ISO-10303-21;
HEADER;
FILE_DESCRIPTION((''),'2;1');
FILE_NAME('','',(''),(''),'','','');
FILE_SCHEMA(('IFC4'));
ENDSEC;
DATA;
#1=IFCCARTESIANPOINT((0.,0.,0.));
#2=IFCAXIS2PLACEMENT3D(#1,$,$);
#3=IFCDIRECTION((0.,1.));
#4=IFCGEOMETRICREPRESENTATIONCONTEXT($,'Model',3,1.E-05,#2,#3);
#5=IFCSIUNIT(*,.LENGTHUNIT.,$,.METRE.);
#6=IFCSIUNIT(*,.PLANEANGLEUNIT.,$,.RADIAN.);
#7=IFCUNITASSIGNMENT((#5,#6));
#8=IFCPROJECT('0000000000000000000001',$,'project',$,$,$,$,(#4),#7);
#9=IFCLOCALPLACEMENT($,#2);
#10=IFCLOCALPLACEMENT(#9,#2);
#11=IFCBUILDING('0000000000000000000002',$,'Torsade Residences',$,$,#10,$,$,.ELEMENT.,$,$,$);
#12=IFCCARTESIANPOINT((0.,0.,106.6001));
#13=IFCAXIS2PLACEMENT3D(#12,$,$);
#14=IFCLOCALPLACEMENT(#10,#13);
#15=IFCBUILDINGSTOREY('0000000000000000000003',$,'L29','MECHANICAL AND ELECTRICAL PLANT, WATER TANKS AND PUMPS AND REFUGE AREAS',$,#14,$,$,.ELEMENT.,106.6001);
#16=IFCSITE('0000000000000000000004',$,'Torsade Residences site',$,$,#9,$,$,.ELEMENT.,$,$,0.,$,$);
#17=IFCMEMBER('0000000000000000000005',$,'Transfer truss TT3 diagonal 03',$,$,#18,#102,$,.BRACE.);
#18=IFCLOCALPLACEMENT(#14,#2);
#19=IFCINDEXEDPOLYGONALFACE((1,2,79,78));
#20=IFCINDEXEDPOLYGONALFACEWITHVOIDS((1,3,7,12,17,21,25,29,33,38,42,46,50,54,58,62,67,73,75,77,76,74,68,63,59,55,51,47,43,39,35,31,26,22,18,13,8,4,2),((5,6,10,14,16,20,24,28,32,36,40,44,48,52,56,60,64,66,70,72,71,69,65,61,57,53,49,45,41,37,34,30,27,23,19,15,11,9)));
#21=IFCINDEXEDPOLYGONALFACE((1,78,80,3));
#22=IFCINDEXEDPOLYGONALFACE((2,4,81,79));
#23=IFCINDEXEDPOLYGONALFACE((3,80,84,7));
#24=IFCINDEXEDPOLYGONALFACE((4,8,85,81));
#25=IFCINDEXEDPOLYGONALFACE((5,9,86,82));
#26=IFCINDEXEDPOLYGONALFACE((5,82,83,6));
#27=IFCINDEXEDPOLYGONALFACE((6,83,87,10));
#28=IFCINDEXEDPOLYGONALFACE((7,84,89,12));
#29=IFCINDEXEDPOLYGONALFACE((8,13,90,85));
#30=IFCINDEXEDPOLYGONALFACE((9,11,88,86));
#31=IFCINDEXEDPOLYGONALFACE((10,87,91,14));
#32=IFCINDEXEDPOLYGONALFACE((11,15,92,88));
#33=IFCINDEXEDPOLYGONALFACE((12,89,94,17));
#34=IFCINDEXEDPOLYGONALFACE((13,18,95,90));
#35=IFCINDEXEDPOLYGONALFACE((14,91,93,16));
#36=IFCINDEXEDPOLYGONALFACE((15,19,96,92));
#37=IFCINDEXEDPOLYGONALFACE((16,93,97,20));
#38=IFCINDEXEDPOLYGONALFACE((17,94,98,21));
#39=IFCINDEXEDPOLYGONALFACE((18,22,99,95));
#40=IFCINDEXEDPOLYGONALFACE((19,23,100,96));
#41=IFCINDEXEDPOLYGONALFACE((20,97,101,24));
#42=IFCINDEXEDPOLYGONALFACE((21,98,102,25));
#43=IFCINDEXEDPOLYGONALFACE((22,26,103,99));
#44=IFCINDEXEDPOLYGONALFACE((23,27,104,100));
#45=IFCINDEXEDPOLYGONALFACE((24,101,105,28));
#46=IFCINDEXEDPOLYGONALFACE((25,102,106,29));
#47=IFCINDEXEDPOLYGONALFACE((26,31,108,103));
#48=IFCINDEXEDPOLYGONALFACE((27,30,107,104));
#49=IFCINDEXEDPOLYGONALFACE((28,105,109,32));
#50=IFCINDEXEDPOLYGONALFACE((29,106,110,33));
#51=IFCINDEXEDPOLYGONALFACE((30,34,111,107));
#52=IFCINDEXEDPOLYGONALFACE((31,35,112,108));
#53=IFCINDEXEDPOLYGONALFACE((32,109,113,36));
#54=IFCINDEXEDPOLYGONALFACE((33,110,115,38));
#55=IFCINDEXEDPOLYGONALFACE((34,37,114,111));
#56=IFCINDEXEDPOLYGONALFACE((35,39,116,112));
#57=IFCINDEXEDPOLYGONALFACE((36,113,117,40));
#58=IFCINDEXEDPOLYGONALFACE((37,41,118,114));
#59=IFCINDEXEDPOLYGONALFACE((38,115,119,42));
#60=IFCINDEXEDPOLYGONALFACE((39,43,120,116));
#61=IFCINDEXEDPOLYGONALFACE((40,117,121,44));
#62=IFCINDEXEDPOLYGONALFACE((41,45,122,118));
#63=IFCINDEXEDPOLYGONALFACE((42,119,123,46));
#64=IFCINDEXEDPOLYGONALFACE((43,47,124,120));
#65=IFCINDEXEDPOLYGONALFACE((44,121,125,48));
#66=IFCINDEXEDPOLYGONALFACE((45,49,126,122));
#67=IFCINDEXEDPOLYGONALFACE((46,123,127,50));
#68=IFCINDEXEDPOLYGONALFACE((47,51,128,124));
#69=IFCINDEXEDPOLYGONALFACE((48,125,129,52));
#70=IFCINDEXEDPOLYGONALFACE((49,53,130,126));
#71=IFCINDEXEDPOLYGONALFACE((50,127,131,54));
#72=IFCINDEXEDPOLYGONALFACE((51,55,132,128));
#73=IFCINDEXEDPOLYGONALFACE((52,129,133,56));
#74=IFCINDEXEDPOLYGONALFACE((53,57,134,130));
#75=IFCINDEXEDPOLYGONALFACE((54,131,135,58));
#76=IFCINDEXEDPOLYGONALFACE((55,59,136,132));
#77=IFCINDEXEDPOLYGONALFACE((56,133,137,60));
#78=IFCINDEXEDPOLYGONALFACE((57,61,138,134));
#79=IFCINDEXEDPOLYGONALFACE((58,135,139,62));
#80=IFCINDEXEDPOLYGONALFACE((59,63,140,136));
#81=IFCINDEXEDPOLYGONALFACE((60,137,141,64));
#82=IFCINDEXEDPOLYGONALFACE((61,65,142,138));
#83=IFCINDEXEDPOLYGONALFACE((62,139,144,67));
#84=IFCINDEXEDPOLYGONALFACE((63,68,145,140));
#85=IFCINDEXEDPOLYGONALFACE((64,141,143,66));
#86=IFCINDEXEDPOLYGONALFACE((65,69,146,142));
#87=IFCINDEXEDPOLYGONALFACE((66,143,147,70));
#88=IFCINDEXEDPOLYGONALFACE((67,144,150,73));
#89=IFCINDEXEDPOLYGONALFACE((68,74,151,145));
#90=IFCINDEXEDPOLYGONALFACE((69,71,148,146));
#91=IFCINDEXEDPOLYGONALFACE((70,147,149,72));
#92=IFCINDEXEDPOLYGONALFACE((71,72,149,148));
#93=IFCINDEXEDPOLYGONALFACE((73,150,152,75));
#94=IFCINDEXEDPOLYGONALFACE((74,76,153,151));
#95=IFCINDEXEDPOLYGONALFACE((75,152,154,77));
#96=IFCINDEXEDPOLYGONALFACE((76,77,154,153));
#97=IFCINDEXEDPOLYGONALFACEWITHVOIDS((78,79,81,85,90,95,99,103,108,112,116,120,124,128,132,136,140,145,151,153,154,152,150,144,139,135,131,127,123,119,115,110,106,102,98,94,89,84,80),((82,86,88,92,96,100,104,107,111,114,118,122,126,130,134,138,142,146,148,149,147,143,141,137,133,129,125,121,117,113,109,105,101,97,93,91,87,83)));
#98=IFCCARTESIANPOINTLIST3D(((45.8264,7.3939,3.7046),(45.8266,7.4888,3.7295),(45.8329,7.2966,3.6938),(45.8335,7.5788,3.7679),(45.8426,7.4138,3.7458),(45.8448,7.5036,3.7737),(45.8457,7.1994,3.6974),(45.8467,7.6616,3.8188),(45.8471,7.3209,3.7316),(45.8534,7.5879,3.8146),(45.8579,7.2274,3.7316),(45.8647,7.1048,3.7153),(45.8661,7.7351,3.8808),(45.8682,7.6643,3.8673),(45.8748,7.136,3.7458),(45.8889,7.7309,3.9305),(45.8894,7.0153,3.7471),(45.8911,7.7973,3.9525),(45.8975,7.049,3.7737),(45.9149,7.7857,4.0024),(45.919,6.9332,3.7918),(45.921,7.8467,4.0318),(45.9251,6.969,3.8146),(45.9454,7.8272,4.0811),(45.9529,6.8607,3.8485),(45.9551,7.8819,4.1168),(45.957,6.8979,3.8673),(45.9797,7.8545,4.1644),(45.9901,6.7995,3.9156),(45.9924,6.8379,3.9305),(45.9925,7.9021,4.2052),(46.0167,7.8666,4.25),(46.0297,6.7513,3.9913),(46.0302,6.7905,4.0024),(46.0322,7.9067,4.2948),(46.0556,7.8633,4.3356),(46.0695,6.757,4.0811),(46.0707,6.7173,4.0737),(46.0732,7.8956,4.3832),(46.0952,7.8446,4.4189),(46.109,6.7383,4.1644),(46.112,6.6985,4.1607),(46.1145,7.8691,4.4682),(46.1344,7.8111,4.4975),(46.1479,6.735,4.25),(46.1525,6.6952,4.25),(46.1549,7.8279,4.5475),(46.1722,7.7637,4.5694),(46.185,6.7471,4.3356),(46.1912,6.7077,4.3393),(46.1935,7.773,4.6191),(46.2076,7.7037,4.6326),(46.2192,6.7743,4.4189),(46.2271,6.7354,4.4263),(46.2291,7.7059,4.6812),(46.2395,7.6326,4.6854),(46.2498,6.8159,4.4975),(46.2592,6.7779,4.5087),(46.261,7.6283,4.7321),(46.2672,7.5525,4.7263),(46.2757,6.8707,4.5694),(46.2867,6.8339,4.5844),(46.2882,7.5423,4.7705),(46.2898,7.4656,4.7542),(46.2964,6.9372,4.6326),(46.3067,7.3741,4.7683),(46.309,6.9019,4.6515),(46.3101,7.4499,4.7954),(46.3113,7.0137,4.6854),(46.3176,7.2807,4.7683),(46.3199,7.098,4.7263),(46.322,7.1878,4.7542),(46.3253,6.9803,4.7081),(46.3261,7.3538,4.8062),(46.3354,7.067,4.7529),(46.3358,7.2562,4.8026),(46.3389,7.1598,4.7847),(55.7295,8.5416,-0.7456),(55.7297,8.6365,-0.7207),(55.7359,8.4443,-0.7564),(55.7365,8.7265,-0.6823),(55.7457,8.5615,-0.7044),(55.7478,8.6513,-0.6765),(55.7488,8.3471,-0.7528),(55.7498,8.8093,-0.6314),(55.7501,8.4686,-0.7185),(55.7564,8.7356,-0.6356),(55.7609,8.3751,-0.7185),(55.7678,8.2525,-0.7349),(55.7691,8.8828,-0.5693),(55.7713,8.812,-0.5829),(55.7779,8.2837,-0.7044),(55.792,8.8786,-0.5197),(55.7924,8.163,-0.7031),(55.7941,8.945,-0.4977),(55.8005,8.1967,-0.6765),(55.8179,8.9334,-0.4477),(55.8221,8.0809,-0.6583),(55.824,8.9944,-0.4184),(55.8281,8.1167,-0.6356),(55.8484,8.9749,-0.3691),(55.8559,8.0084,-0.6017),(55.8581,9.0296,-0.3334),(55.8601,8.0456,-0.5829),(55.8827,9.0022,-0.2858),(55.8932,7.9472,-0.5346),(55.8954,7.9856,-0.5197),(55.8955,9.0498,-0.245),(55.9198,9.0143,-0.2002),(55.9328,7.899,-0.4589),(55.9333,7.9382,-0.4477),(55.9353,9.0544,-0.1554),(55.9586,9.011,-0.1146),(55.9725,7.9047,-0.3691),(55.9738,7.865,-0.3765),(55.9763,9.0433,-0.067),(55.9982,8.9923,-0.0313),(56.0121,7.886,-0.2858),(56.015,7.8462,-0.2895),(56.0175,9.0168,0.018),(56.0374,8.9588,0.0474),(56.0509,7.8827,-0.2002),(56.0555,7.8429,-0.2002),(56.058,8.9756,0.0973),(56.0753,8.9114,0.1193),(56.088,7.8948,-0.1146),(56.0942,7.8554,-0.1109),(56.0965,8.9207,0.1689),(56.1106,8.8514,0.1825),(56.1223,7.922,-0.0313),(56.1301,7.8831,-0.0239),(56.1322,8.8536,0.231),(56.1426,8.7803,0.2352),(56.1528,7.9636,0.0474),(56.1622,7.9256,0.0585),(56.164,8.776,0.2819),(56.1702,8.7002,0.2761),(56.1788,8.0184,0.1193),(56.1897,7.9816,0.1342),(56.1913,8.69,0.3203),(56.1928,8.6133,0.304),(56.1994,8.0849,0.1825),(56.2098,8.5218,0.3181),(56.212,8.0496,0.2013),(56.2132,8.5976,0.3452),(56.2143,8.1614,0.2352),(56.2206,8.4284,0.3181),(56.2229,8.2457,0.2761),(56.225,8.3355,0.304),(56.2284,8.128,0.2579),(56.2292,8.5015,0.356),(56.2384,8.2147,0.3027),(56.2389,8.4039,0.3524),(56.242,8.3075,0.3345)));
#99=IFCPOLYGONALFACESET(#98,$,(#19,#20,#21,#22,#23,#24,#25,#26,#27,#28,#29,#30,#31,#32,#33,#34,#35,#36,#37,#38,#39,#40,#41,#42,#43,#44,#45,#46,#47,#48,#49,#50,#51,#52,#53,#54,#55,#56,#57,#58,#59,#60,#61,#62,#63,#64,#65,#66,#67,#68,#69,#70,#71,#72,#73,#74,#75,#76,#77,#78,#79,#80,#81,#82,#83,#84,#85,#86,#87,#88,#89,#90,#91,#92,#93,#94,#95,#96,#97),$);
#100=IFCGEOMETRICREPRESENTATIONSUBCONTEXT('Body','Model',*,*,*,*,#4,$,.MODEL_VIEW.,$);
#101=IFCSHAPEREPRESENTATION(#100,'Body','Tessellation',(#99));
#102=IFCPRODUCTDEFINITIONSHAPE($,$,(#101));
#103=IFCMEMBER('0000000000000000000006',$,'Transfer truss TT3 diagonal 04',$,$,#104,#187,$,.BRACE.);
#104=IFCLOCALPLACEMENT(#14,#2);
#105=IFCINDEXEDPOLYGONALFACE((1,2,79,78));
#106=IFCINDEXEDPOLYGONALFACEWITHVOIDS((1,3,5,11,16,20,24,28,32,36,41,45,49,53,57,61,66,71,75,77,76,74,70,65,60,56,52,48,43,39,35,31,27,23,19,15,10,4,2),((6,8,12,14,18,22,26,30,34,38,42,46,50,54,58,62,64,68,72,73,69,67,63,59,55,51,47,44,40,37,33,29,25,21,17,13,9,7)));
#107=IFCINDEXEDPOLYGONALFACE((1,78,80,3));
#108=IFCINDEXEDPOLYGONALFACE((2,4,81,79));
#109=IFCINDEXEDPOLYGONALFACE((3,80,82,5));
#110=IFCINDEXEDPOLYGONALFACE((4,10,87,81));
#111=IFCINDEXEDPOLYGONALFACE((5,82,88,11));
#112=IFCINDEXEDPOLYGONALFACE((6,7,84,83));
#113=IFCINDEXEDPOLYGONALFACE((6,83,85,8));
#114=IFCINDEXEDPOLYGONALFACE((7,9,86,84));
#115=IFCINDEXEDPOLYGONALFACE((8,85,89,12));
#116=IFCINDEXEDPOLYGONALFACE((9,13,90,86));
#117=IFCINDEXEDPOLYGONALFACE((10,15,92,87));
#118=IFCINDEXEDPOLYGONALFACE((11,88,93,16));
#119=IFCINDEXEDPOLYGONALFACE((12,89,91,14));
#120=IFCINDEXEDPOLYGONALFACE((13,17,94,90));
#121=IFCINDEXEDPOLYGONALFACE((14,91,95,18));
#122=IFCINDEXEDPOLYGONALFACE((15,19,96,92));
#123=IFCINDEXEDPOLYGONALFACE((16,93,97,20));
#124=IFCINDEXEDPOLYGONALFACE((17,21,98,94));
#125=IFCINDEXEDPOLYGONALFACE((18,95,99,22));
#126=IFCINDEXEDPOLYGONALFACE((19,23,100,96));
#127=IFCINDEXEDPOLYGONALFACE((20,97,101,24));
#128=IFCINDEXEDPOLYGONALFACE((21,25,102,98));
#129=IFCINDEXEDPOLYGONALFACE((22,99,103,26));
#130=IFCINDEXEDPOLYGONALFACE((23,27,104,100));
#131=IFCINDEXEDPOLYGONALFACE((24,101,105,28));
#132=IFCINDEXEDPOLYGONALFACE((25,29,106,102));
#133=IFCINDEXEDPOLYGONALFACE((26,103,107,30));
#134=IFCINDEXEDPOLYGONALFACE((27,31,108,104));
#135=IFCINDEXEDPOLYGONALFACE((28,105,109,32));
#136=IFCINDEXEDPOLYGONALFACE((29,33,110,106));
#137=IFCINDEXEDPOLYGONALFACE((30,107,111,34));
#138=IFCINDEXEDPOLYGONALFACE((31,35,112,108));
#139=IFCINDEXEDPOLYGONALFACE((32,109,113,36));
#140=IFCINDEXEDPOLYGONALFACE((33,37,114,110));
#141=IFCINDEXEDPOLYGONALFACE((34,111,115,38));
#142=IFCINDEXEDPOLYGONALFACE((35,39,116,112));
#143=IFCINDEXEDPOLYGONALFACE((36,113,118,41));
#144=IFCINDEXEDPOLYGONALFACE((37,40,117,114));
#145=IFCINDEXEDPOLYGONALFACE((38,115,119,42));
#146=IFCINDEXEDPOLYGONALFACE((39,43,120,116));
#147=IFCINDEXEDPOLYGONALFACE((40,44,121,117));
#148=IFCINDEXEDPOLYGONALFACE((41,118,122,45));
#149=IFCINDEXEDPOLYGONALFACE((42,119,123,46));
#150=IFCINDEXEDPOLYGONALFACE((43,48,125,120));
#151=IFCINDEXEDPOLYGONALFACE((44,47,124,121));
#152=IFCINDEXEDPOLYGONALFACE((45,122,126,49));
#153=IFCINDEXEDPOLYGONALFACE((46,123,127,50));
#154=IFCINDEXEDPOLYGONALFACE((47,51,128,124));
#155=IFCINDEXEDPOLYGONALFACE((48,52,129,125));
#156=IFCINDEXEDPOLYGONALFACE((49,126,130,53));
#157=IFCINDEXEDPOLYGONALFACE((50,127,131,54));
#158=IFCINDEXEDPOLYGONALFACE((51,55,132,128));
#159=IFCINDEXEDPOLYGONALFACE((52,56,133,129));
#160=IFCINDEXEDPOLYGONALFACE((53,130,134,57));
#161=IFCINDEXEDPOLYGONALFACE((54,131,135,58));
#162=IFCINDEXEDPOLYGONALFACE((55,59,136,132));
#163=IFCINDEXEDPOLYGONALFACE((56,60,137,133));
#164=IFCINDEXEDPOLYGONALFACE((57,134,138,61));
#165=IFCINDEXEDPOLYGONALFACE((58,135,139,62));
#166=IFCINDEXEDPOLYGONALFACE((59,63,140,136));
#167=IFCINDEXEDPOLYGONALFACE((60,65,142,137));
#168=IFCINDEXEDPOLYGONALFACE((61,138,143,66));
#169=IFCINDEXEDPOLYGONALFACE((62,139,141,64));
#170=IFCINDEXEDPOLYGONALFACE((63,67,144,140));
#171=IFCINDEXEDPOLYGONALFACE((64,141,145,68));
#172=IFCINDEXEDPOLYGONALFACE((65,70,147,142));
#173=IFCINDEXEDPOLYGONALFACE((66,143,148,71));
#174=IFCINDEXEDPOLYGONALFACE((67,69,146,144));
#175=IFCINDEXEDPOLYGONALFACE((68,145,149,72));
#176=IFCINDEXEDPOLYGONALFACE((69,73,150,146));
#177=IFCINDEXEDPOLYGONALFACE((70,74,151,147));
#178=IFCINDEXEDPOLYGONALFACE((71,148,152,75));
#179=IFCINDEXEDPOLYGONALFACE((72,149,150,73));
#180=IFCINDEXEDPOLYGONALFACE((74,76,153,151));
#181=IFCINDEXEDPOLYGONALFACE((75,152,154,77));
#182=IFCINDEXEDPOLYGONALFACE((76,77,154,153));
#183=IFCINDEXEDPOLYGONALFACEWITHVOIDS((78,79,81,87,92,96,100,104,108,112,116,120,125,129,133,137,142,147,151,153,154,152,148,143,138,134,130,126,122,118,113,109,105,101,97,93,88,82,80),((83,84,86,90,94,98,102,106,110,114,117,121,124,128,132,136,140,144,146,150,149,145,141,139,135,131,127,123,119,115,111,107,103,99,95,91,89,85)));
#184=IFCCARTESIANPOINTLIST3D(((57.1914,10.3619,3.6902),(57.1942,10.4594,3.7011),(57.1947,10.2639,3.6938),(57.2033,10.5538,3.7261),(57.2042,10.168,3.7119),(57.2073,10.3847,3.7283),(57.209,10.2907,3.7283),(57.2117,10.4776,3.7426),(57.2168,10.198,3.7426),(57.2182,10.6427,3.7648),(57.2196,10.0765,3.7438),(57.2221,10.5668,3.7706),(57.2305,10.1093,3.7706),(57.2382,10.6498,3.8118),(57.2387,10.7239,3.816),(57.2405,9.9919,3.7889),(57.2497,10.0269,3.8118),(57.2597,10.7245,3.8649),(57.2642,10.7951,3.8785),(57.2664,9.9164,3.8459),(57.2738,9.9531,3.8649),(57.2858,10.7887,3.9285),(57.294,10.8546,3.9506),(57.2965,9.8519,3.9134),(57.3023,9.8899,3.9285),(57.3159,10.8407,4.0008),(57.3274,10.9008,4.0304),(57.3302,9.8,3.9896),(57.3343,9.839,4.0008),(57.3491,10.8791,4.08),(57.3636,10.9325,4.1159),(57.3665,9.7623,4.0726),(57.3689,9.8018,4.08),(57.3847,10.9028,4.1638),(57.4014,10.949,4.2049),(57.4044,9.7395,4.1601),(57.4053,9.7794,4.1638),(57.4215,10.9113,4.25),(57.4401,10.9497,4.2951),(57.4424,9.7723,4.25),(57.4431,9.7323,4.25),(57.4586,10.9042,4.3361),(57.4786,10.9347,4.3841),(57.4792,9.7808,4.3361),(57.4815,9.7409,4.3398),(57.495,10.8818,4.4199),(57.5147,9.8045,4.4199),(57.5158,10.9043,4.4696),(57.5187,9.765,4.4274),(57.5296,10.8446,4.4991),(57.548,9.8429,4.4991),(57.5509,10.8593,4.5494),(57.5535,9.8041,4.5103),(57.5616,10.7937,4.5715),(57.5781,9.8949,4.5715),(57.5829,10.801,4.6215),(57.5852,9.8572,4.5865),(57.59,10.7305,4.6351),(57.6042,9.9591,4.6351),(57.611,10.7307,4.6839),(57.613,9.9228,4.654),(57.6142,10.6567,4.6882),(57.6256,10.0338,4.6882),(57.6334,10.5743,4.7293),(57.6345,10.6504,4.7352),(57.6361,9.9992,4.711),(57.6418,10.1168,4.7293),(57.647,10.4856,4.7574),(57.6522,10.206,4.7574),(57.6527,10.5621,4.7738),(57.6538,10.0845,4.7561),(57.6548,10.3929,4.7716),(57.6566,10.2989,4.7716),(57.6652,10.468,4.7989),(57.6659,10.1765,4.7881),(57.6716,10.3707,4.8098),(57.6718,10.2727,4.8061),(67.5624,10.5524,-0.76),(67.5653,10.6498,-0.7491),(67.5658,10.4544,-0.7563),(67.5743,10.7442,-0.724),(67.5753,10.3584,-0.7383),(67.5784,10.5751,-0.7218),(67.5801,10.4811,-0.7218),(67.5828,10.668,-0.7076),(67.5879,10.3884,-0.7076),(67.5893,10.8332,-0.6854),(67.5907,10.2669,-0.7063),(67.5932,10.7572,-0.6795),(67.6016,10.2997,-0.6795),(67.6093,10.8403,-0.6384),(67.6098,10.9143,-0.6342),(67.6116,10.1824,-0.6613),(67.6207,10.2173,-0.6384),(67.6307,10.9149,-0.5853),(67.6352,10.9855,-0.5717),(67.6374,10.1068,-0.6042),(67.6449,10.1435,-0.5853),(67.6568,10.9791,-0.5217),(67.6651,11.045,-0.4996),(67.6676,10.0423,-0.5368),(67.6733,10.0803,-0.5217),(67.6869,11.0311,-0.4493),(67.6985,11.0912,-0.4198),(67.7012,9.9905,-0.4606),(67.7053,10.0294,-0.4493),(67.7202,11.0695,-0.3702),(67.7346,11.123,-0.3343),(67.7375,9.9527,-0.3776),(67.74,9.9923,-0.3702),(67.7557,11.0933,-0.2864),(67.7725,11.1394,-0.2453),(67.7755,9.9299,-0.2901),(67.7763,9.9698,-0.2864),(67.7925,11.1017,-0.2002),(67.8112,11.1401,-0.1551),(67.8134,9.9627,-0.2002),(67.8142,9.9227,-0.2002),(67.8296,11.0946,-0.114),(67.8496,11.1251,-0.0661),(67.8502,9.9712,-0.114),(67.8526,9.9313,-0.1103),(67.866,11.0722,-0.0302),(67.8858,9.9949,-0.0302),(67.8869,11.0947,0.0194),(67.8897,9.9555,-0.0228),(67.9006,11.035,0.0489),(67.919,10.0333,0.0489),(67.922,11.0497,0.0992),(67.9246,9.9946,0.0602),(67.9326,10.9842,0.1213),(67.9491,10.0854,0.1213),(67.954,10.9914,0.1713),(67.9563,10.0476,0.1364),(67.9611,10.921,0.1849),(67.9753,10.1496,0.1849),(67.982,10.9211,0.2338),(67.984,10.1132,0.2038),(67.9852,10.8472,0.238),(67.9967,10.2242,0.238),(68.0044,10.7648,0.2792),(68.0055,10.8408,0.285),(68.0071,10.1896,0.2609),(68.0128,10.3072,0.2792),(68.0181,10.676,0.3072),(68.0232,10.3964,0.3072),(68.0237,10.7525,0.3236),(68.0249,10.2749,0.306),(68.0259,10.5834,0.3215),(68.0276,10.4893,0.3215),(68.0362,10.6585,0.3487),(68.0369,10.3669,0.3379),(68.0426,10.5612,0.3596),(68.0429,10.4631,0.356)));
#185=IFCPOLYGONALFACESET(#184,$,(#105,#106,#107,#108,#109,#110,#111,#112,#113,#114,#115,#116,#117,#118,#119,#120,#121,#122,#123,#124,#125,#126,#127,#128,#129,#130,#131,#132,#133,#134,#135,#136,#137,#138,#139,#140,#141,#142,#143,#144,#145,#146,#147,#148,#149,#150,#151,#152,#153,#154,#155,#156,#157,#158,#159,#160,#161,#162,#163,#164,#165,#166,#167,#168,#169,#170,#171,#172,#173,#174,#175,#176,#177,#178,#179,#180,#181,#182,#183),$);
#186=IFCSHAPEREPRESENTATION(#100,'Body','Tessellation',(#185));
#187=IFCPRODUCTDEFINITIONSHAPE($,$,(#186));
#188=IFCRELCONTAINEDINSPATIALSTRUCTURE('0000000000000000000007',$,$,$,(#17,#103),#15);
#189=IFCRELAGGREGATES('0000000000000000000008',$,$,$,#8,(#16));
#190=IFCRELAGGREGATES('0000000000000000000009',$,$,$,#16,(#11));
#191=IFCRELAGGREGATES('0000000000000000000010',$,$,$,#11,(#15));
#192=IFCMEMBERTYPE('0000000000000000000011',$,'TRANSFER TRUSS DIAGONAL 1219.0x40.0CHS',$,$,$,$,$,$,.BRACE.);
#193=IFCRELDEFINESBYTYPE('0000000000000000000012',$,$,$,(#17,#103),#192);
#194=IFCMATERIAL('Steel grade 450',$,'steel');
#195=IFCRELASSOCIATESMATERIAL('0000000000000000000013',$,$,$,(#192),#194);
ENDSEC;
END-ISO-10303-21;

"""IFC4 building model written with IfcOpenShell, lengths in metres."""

from ifc_helpers import new_model, si_unit, direction, frame, origin, origin_2d, place, context, subcontext, project, spatial, hollow_circle, extrude, material, material_profile, profile_set, type_object, element, save


model = new_model("IFC4")

# Units and contexts
model_context = context("Model", 3, precision=1e-05, world=origin(), true_north=direction((0.0, 1.0)))
body_context = subcontext(model_context, "Body", "Model", "MODEL_VIEW")
ifc_project = project(units=[si_unit("LENGTHUNIT", "METRE"), si_unit("PLANEANGLEUNIT", "RADIAN")], contexts=[model_context])

# Site, building, storey
site_placement = place(None, origin())
site = spatial("IfcSite", under=ifc_project, at=site_placement, Name="Torsade Residences site", CompositionType="ELEMENT", RefElevation=0.0)
building_placement = place(site_placement, origin())
building = spatial("IfcBuilding", under=site, at=building_placement, Name="Torsade Residences", CompositionType="ELEMENT")
storey_placement = place(building_placement, frame((0.0, 0.0, 106.6001)))
storey = spatial("IfcBuildingStorey", under=building, at=storey_placement, Name="L29", Description="MECHANICAL AND ELECTRICAL PLANT, WATER TANKS AND PUMPS AND REFUGE AREAS", CompositionType="ELEMENT", Elevation=106.6001)

# Members
ifc_material_1 = material(Name="Steel grade 450", Category="steel")
ifc_material_profile_1 = material_profile(ifc_material_1, hollow_circle(Radius=0.6096, WallThickness=0.04, at=origin_2d()), Name="1219.0x40.0CHS")
ifc_profile_set_1 = profile_set([ifc_material_profile_1], Name="Steel grade 450")
member_type_1 = type_object("IfcMemberType", Name="TRANSFER TRUSS DIAGONAL 1219.0x40.0CHS", PredefinedType="BRACE", material=ifc_profile_set_1)
member_1_placement = place(storey_placement, frame((55.9854, 8.4485, -0.2002), z_axis=(-0.907081, -0.105125, 0.407619), x_axis=(0.115123, -0.993351, 0.0)))
element("IfcMember", 1, at=member_1_placement, inside=storey, type_object=member_type_1, Name="Transfer truss TT3 diagonal 03", PredefinedType="BRACE", context=body_context, shape_type="SweptSolid", body=[
    extrude(hollow_circle(Radius=0.6096, WallThickness=0.04, at=origin_2d()), origin(), (0.0, 0.0, 1.0), 10.9175),
])
member_2_placement = place(storey_placement, frame((67.803, 10.5322, -0.2002), z_axis=(-0.91884, -0.016871, 0.39427), x_axis=(0.018358, -0.999831, 0.0)))
element("IfcMember", 2, at=member_2_placement, inside=storey, type_object=member_type_1, Name="Transfer truss TT3 diagonal 04", PredefinedType="BRACE", context=body_context, shape_type="SweptSolid", body=[
    extrude(hollow_circle(Radius=0.6096, WallThickness=0.04, at=origin_2d()), origin(), (0.0, 0.0, 1.0), 11.2871),
])

save(model, "model.ifc")
